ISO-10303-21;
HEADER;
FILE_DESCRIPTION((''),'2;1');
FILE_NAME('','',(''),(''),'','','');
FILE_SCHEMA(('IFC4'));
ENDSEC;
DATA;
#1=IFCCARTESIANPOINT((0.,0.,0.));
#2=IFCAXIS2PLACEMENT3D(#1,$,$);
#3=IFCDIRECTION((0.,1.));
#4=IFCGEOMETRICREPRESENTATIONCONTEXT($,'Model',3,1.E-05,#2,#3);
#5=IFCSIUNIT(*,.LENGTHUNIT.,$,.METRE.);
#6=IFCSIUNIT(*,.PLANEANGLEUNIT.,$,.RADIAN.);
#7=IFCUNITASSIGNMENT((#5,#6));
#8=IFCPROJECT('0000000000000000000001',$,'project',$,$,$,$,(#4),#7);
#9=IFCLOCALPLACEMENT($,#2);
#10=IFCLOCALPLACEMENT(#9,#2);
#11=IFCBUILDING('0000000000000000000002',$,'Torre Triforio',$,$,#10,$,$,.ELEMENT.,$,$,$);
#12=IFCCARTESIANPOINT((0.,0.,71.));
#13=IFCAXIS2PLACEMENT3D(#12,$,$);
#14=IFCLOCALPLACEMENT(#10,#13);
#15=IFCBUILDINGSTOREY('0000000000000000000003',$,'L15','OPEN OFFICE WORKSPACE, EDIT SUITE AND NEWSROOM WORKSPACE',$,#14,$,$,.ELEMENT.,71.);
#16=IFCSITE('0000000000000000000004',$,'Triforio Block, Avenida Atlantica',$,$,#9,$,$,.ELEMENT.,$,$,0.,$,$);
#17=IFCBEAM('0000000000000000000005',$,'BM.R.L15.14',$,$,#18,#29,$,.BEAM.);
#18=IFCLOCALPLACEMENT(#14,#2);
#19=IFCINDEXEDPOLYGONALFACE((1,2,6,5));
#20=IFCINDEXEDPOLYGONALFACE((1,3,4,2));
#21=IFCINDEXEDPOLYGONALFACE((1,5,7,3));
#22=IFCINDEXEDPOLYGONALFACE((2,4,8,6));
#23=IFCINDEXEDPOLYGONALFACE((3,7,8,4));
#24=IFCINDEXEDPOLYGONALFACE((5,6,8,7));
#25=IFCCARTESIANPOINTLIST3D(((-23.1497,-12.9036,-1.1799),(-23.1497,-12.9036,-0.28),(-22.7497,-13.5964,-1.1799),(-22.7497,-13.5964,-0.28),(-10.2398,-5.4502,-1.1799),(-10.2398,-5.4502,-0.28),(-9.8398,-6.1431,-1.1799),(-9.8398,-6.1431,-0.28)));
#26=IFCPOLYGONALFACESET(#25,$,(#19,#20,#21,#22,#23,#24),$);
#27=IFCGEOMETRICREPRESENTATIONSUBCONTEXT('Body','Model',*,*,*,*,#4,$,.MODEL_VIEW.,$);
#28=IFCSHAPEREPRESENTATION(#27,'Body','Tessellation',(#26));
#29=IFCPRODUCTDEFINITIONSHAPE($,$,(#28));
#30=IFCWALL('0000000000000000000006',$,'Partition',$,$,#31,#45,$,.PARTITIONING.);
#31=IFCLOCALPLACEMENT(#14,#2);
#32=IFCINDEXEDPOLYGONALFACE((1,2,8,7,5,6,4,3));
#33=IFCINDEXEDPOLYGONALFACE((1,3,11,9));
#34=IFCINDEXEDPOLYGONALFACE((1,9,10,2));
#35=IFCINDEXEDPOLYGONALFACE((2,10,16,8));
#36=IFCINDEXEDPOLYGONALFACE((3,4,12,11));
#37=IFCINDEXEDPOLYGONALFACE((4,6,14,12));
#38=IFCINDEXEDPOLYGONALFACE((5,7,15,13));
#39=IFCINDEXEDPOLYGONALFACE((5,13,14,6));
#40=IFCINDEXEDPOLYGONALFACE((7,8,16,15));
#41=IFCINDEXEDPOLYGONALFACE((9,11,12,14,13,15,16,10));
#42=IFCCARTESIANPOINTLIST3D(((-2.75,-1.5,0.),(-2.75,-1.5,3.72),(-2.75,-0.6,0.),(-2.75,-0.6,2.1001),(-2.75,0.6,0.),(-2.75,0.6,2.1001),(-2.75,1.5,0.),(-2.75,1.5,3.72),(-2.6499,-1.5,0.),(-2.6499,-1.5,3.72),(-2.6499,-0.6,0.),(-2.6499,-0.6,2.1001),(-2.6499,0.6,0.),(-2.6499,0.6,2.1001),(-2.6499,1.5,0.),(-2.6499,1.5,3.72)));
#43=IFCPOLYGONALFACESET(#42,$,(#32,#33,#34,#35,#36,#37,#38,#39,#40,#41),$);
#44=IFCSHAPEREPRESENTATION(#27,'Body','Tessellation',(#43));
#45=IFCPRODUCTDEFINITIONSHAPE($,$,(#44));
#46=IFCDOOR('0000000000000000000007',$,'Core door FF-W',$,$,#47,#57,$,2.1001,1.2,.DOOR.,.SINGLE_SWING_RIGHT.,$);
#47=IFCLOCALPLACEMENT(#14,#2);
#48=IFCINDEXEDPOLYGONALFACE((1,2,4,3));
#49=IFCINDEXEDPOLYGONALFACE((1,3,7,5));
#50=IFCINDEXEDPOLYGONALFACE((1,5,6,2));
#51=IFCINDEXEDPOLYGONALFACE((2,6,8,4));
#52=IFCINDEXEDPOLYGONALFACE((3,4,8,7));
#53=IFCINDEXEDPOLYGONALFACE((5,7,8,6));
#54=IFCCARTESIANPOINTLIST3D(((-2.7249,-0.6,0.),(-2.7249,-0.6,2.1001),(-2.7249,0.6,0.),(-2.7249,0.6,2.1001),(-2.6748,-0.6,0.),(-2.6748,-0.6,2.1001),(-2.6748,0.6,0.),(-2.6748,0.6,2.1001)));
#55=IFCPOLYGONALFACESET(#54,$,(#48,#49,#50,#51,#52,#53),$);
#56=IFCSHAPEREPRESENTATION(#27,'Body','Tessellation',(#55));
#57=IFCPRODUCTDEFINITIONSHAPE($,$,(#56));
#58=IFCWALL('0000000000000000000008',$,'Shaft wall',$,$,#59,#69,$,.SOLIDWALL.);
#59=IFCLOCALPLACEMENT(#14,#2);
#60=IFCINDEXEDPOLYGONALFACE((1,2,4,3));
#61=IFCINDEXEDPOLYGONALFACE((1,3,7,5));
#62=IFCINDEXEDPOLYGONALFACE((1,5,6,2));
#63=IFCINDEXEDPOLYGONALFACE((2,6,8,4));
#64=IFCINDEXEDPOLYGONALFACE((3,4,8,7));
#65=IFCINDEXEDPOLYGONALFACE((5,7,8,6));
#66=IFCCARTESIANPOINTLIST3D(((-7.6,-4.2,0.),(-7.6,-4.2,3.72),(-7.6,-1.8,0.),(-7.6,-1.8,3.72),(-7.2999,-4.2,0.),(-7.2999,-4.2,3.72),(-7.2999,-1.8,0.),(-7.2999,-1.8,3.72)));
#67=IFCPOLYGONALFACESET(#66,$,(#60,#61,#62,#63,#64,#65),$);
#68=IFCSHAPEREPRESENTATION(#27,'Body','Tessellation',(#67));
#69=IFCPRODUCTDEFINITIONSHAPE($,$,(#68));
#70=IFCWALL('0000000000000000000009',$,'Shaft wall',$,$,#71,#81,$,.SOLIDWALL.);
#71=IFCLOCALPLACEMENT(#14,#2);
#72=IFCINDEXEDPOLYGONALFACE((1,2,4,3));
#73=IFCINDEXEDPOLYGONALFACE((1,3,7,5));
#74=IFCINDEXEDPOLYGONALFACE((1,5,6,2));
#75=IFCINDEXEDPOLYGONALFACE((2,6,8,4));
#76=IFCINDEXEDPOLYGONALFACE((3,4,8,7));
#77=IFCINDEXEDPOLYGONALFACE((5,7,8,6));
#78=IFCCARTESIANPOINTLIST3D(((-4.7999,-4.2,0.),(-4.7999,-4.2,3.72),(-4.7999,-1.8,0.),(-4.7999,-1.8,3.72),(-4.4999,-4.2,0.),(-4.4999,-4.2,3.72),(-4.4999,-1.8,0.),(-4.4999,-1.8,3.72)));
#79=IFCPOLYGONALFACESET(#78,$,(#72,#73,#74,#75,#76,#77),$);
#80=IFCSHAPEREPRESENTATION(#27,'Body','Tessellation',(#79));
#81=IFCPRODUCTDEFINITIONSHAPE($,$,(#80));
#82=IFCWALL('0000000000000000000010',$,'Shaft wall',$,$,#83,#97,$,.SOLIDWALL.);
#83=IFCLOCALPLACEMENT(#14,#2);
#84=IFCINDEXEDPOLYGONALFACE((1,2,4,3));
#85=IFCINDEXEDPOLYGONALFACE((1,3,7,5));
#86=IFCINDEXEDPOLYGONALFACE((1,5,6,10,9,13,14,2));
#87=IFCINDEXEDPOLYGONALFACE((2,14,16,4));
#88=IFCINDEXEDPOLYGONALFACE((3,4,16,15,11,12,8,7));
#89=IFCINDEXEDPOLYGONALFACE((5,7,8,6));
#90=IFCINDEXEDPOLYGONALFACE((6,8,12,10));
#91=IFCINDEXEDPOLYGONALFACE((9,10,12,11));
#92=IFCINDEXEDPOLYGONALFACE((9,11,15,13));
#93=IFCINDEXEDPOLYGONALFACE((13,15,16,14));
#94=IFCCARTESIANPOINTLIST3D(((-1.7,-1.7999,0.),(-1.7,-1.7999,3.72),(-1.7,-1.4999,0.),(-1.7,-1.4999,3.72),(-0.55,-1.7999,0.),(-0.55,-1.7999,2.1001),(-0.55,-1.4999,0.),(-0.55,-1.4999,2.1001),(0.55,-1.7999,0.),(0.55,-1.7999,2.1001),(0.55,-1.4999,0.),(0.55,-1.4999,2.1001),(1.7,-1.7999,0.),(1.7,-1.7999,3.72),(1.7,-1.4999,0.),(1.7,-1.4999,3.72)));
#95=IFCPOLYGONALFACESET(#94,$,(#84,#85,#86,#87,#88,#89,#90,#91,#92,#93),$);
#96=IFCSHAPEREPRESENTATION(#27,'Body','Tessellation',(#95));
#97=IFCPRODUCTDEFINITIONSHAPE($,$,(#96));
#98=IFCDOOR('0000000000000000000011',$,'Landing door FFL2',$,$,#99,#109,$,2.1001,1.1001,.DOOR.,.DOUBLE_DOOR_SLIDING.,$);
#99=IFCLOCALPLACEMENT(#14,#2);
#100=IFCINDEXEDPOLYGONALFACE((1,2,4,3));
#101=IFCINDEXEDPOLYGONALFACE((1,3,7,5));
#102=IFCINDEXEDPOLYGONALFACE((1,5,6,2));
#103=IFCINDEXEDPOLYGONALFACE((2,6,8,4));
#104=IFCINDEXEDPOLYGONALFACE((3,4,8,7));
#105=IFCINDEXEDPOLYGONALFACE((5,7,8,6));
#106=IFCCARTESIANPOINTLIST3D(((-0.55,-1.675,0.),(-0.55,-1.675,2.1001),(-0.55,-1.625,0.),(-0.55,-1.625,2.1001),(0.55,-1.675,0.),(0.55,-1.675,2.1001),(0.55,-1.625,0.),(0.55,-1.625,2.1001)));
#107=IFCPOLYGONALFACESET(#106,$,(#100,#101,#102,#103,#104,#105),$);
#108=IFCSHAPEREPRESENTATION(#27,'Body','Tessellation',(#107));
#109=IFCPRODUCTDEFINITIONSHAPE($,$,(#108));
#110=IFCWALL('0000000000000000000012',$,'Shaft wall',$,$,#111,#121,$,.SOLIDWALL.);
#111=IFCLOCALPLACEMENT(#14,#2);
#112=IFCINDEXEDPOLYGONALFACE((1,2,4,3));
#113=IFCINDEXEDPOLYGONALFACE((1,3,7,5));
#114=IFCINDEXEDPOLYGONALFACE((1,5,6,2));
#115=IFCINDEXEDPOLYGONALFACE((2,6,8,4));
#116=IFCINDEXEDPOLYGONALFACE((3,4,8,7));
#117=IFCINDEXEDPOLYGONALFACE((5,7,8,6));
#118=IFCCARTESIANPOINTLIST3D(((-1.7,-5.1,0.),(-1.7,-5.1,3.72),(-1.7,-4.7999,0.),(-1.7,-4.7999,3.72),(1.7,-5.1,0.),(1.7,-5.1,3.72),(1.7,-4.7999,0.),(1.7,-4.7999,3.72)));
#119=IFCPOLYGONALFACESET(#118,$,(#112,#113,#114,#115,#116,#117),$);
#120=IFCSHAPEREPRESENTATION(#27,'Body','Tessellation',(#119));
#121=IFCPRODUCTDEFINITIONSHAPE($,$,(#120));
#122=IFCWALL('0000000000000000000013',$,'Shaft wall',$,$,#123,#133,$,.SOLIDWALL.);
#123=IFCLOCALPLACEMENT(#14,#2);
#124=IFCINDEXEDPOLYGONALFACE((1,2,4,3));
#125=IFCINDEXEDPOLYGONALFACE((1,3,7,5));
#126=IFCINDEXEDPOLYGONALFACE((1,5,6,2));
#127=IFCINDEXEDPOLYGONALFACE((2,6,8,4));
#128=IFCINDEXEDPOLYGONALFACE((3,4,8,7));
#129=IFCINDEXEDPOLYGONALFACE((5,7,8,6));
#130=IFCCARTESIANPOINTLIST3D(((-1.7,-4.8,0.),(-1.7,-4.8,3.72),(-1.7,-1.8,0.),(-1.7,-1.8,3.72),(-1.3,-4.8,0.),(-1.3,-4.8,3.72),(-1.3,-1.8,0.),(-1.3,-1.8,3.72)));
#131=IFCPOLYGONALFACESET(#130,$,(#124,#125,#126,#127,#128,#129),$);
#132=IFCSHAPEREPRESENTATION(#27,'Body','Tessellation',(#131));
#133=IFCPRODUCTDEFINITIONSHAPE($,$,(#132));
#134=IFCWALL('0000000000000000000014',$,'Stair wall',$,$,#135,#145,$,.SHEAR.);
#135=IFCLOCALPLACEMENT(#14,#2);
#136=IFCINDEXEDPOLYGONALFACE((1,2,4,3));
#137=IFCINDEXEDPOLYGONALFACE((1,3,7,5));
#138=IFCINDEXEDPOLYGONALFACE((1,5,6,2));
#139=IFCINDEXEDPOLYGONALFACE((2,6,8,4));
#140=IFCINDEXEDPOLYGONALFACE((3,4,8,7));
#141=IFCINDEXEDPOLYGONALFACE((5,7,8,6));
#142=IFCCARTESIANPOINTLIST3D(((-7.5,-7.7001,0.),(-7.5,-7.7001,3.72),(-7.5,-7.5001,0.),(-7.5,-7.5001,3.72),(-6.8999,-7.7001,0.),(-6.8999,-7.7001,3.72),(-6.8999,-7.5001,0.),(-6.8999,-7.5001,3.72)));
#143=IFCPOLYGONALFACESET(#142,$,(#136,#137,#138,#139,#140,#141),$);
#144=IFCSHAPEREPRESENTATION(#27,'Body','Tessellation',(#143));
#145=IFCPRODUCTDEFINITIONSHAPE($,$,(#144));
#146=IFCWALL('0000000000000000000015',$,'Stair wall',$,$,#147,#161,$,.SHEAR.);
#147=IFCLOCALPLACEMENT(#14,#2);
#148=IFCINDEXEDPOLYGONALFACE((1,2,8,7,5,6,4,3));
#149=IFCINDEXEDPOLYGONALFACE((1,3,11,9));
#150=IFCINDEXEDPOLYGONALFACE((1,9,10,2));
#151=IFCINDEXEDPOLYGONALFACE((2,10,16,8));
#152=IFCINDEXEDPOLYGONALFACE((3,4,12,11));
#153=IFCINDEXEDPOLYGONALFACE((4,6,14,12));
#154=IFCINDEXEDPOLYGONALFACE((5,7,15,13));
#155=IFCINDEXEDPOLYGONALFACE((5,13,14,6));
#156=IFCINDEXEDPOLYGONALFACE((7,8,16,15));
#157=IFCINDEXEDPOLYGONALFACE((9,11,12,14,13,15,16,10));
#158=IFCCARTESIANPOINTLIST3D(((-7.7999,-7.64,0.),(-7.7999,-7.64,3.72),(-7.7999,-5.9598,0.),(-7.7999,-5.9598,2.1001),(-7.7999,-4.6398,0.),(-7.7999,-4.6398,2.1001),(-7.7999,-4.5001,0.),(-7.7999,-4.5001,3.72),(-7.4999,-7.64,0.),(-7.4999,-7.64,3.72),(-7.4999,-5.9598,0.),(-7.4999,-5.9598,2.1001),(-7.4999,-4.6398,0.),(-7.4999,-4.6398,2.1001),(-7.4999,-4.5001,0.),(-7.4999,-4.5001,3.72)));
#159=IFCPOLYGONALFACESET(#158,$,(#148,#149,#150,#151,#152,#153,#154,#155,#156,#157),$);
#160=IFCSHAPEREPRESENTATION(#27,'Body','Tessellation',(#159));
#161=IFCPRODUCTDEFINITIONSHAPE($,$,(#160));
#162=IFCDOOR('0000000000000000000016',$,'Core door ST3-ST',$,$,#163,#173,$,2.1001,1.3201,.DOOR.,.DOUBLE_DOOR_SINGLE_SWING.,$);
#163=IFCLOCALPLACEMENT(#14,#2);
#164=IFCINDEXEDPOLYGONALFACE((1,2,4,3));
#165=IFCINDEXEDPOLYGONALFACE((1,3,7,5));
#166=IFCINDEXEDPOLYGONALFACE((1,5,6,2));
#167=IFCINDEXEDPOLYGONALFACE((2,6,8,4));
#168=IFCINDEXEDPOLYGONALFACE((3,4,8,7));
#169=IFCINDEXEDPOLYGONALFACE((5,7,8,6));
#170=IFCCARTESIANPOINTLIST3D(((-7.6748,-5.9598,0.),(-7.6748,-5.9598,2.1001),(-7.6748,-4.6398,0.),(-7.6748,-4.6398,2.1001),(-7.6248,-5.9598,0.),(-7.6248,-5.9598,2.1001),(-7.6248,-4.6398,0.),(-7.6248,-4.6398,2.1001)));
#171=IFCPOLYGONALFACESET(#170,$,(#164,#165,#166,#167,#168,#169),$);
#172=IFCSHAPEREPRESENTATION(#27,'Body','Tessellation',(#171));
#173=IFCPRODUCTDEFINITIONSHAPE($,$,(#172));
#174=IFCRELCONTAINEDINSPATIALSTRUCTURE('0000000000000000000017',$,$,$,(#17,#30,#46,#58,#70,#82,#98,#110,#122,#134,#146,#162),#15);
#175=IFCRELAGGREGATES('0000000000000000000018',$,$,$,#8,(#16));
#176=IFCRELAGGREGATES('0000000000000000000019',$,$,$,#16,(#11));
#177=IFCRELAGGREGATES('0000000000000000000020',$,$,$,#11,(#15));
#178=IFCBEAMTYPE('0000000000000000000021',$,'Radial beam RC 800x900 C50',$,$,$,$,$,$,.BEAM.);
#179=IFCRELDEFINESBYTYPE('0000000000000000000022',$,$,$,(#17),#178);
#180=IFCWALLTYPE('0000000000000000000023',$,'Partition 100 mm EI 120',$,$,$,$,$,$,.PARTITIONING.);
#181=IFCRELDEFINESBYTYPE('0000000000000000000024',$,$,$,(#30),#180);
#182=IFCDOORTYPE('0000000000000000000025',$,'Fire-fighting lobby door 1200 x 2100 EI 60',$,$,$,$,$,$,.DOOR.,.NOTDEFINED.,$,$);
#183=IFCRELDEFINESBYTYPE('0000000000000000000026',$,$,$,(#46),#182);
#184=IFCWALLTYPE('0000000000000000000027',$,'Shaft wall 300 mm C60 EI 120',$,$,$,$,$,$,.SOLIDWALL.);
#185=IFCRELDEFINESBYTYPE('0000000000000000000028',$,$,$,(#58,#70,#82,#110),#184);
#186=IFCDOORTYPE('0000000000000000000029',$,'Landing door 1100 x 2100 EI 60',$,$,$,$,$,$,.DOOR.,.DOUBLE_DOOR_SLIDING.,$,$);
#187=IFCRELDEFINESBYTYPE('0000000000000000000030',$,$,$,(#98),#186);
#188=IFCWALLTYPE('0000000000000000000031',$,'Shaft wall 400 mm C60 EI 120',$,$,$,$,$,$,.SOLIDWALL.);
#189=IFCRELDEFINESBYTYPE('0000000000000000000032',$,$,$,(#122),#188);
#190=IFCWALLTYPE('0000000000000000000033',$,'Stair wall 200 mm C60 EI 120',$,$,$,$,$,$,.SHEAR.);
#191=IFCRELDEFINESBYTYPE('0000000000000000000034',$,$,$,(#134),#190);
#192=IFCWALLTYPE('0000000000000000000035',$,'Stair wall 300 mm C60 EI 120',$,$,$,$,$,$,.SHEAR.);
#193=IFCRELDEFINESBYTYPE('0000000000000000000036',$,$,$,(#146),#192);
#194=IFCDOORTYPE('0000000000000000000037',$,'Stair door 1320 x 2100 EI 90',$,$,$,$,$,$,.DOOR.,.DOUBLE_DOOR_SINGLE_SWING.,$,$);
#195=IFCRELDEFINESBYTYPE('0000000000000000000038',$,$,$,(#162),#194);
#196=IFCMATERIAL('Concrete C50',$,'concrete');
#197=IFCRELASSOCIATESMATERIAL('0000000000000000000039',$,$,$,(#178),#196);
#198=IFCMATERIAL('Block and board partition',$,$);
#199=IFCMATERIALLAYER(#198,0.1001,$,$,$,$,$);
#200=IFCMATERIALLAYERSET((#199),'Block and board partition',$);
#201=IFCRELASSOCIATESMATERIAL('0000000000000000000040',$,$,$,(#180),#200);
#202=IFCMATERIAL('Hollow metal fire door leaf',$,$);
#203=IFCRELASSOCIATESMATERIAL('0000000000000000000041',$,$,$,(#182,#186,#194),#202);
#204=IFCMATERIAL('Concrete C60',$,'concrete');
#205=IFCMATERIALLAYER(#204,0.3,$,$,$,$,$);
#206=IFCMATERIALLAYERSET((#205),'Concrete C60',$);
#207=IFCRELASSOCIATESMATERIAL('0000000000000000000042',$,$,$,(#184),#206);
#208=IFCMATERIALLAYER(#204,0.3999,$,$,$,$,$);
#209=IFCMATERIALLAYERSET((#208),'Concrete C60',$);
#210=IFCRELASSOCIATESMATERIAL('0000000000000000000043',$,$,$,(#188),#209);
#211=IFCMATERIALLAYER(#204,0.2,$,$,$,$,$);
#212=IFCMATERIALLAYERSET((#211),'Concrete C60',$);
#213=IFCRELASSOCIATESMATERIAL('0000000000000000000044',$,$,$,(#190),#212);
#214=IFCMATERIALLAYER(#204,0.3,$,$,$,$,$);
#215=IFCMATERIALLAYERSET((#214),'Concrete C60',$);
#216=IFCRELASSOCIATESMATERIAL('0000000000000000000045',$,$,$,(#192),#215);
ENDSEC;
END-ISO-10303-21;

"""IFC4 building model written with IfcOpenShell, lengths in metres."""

from ifc_helpers import new_model, si_unit, direction, frame, frame_2d, origin, origin_2d, place, context, subcontext, project, spatial, rectangle, extrude, material, layer, layer_set, material_profile, profile_set, type_object, element, fill, save


model = new_model("IFC4")

# Units and contexts
model_context = context("Model", 3, precision=1e-05, world=origin(), true_north=direction((0.0, 1.0)))
body_context = subcontext(model_context, "Body", "Model", "MODEL_VIEW")
ifc_project = project(units=[si_unit("LENGTHUNIT", "METRE"), si_unit("PLANEANGLEUNIT", "RADIAN")], contexts=[model_context])

# Site, building, storey
site_placement = place(None, origin())
site = spatial("IfcSite", under=ifc_project, at=site_placement, Name="Triforio Block, Avenida Atlantica", CompositionType="ELEMENT", RefElevation=0.0)
building_placement = place(site_placement, origin())
building = spatial("IfcBuilding", under=site, at=building_placement, Name="Torre Triforio", CompositionType="ELEMENT")
storey_placement = place(building_placement, frame((0.0, 0.0, 71.0)))
storey = spatial("IfcBuildingStorey", under=building, at=storey_placement, Name="L15", Description="OPEN OFFICE WORKSPACE, EDIT SUITE AND NEWSROOM WORKSPACE", CompositionType="ELEMENT", Elevation=71.0)

# Beam
ifc_material_1 = material(Name="Concrete C50", Category="concrete")
ifc_material_profile = material_profile(ifc_material_1, rectangle(XDim=0.8, YDim=0.8999, at=origin_2d()), Name="RC 800x900")
ifc_profile_set = profile_set([ifc_material_profile], Name="Concrete C50")
beam_type = type_object("IfcBeamType", Name="Radial beam RC 800x900 C50", PredefinedType="BEAM", material=ifc_profile_set)
beam_placement = place(storey_placement, frame((-10.0398, -5.7966, -0.73), z_axis=(-0.86603, -0.499991, 0.0), x_axis=(0.499991, -0.86603, 0.0)))
element("IfcBeam", 1, at=beam_placement, inside=storey, type_object=beam_type, Name="BM.R.L15.14", PredefinedType="BEAM", context=body_context, shape_type="SweptSolid", body=[
    extrude(rectangle(XDim=0.8, YDim=0.8999, at=origin_2d()), origin(), (0.0, 0.0, 1.0), 14.907),
])

# Wall, opening, door
ifc_material_2 = material(Name="Block and board partition")
ifc_layer_1 = layer(ifc_material_2, 0.1001)
ifc_layer_set_1 = layer_set([ifc_layer_1], Name="Block and board partition")
wall_type_1 = type_object("IfcWallType", Name="Partition 100 mm EI 120", PredefinedType="PARTITIONING", material=ifc_layer_set_1)
wall_1_placement = place(storey_placement, frame((-2.7, -1.5, 0.0), z_axis=(0.0, 0.0, 1.0), x_axis=(0.0, 1.0, 0.0)))
wall_1 = element("IfcWall", 2, at=wall_1_placement, inside=storey, type_object=wall_type_1, Name="Partition", PredefinedType="PARTITIONING", context=body_context, shape_type="SweptSolid", body=[
    extrude(rectangle(XDim=3.0, YDim=0.1001, at=frame_2d((1.5, 0.0))), origin(), (0.0, 0.0, 1.0), 3.72),
])
opening_1_placement = place(wall_1_placement, frame((0.8999, 0.0, 0.0)))
opening_1 = element("IfcOpeningElement", 3, at=opening_1_placement, cuts=wall_1, PredefinedType="OPENING", context=body_context, shape_type="SweptSolid", body=[
    extrude(rectangle(XDim=1.2, YDim=2.1001, at=frame_2d((0.6001, 1.05))), frame((0.0, 0.0601, 0.0), z_axis=(0.0, -1.0, 0.0), x_axis=(1.0, 0.0, 0.0)), (0.0, 0.0, 1.0), 0.1201),
])
ifc_material_3 = material(Name="Hollow metal fire door leaf")
door_type_1 = type_object("IfcDoorType", Name="Fire-fighting lobby door 1200 x 2100 EI 60", OperationType="NOTDEFINED", PredefinedType="DOOR", material=ifc_material_3)
door_1_placement = place(opening_1_placement, origin())
door_1 = element("IfcDoor", 4, at=door_1_placement, inside=storey, type_object=door_type_1, Name="Core door FF-W", OperationType="SINGLE_SWING_RIGHT", OverallHeight=2.1001, OverallWidth=1.2, PredefinedType="DOOR", context=body_context, shape_type="SweptSolid", body=[
    extrude(rectangle(XDim=1.2, YDim=2.1001, at=frame_2d((0.6001, 1.05))), frame((0.0, 0.0249, 0.0), z_axis=(0.0, -1.0, 0.0), x_axis=(1.0, 0.0, 0.0)), (0.0, 0.0, 1.0), 0.05),
])
fill(opening_1, door_1)

# Walls
ifc_material_4 = material(Name="Concrete C60", Category="concrete")
ifc_layer_2 = layer(ifc_material_4, 0.3)
ifc_layer_set_2 = layer_set([ifc_layer_2], Name="Concrete C60")
wall_type_2 = type_object("IfcWallType", Name="Shaft wall 300 mm C60 EI 120", PredefinedType="SOLIDWALL", material=ifc_layer_set_2)
for number, where, z_axis, x_axis, name in (
    (5, (-7.45, -4.2, 0.0), (0.0, 0.0, 1.0), (0.0, 1.0, 0.0), "Shaft wall"),
    (6, (-4.6499, -4.2, 0.0), (0.0, 0.0, 1.0), (0.0, 1.0, 0.0), "Shaft wall"),
):
    element("IfcWall", number, at=place(storey_placement, frame(where, z_axis=z_axis, x_axis=x_axis)), inside=storey, type_object=wall_type_2, Name=name, PredefinedType="SOLIDWALL", context=body_context, shape_type="SweptSolid", body=[
        extrude(rectangle(XDim=2.3999, YDim=0.3, at=frame_2d((1.2, 0.0))), origin(), (0.0, 0.0, 1.0), 3.72),
    ])

# Wall, opening, door
wall_2_placement = place(storey_placement, frame((-1.7, -1.6499, 0.0), z_axis=(0.0, 0.0, 1.0), x_axis=(1.0, 0.0, 0.0)))
wall_2 = element("IfcWall", 7, at=wall_2_placement, inside=storey, type_object=wall_type_2, Name="Shaft wall", PredefinedType="SOLIDWALL", context=body_context, shape_type="SweptSolid", body=[
    extrude(rectangle(XDim=3.3999, YDim=0.3, at=frame_2d((1.7, 0.0))), origin(), (0.0, 0.0, 1.0), 3.72),
])
opening_2_placement = place(wall_2_placement, frame((1.1499, 0.0, 0.0)))
opening_2 = element("IfcOpeningElement", 8, at=opening_2_placement, cuts=wall_2, PredefinedType="OPENING", context=body_context, shape_type="SweptSolid", body=[
    extrude(rectangle(XDim=1.1001, YDim=2.1001, at=frame_2d((0.55, 1.05))), frame((0.0, 0.1599, 0.0), z_axis=(0.0, -1.0, 0.0), x_axis=(1.0, 0.0, 0.0)), (0.0, 0.0, 1.0), 0.3201),
])
door_type_2 = type_object("IfcDoorType", Name="Landing door 1100 x 2100 EI 60", OperationType="DOUBLE_DOOR_SLIDING", PredefinedType="DOOR", material=ifc_material_3)
door_2_placement = place(opening_2_placement, origin())
door_2 = element("IfcDoor", 9, at=door_2_placement, inside=storey, type_object=door_type_2, Name="Landing door FFL2", OperationType="DOUBLE_DOOR_SLIDING", OverallHeight=2.1001, OverallWidth=1.1001, PredefinedType="DOOR", context=body_context, shape_type="SweptSolid", body=[
    extrude(rectangle(XDim=1.1001, YDim=2.1001, at=frame_2d((0.55, 1.05))), frame((0.0, 0.0249, 0.0), z_axis=(0.0, -1.0, 0.0), x_axis=(1.0, 0.0, 0.0)), (0.0, 0.0, 1.0), 0.05),
])
fill(opening_2, door_2)

# Walls
wall_3_placement = place(storey_placement, frame((-1.7, -4.95, 0.0), z_axis=(0.0, 0.0, 1.0), x_axis=(1.0, 0.0, 0.0)))
element("IfcWall", 10, at=wall_3_placement, inside=storey, type_object=wall_type_2, Name="Shaft wall", PredefinedType="SOLIDWALL", context=body_context, shape_type="SweptSolid", body=[
    extrude(rectangle(XDim=3.3999, YDim=0.3, at=frame_2d((1.7, 0.0))), origin(), (0.0, 0.0, 1.0), 3.72),
])
ifc_layer_3 = layer(ifc_material_4, 0.3999)
ifc_layer_set_3 = layer_set([ifc_layer_3], Name="Concrete C60")
wall_type_3 = type_object("IfcWallType", Name="Shaft wall 400 mm C60 EI 120", PredefinedType="SOLIDWALL", material=ifc_layer_set_3)
wall_4_placement = place(storey_placement, frame((-1.5, -4.8, 0.0), z_axis=(0.0, 0.0, 1.0), x_axis=(0.0, 1.0, 0.0)))
element("IfcWall", 11, at=wall_4_placement, inside=storey, type_object=wall_type_3, Name="Shaft wall", PredefinedType="SOLIDWALL", context=body_context, shape_type="SweptSolid", body=[
    extrude(rectangle(XDim=3.0, YDim=0.3999, at=frame_2d((1.5, 0.0))), origin(), (0.0, 0.0, 1.0), 3.72),
])
ifc_layer_4 = layer(ifc_material_4, 0.2)
ifc_layer_set_4 = layer_set([ifc_layer_4], Name="Concrete C60")
wall_type_4 = type_object("IfcWallType", Name="Stair wall 200 mm C60 EI 120", PredefinedType="SHEAR", material=ifc_layer_set_4)
wall_5_placement = place(storey_placement, frame((-7.5, -7.6001, 0.0), z_axis=(0.0, 0.0, 1.0), x_axis=(1.0, 0.0, 0.0)))
element("IfcWall", 12, at=wall_5_placement, inside=storey, type_object=wall_type_4, Name="Stair wall", PredefinedType="SHEAR", context=body_context, shape_type="SweptSolid", body=[
    extrude(rectangle(XDim=0.6001, YDim=0.2, at=frame_2d((0.3, 0.0))), origin(), (0.0, 0.0, 1.0), 3.72),
])

# Wall, opening, door
ifc_layer_5 = layer(ifc_material_4, 0.3)
ifc_layer_set_5 = layer_set([ifc_layer_5], Name="Concrete C60")
wall_type_5 = type_object("IfcWallType", Name="Stair wall 300 mm C60 EI 120", PredefinedType="SHEAR", material=ifc_layer_set_5)
wall_6_placement = place(storey_placement, frame((-7.6499, -7.6399, 0.0), z_axis=(0.0, 0.0, 1.0), x_axis=(0.0, 1.0, 0.0)))
wall_6 = element("IfcWall", 13, at=wall_6_placement, inside=storey, type_object=wall_type_5, Name="Stair wall", PredefinedType="SHEAR", context=body_context, shape_type="SweptSolid", body=[
    extrude(rectangle(XDim=3.1399, YDim=0.3, at=frame_2d((1.5698, 0.0))), origin(), (0.0, 0.0, 1.0), 3.72),
])
opening_3_placement = place(wall_6_placement, frame((1.6799, 0.0, 0.0)))
opening_3 = element("IfcOpeningElement", 14, at=opening_3_placement, cuts=wall_6, PredefinedType="OPENING", context=body_context, shape_type="SweptSolid", body=[
    extrude(rectangle(XDim=1.3201, YDim=2.1001, at=frame_2d((0.6602, 1.05))), frame((0.0, 0.1599, 0.0), z_axis=(0.0, -1.0, 0.0), x_axis=(1.0, 0.0, 0.0)), (0.0, 0.0, 1.0), 0.3201),
])
door_type_3 = type_object("IfcDoorType", Name="Stair door 1320 x 2100 EI 90", OperationType="DOUBLE_DOOR_SINGLE_SWING", PredefinedType="DOOR", material=ifc_material_3)
door_3_placement = place(opening_3_placement, origin())
door_3 = element("IfcDoor", 15, at=door_3_placement, inside=storey, type_object=door_type_3, Name="Core door ST3-ST", OperationType="DOUBLE_DOOR_SINGLE_SWING", OverallHeight=2.1001, OverallWidth=1.3201, PredefinedType="DOOR", context=body_context, shape_type="SweptSolid", body=[
    extrude(rectangle(XDim=1.3201, YDim=2.1001, at=frame_2d((0.6602, 1.05))), frame((0.0, 0.0249, 0.0), z_axis=(0.0, -1.0, 0.0), x_axis=(1.0, 0.0, 0.0)), (0.0, 0.0, 1.0), 0.05),
])
fill(opening_3, door_3)

save(model, "model.ifc")
